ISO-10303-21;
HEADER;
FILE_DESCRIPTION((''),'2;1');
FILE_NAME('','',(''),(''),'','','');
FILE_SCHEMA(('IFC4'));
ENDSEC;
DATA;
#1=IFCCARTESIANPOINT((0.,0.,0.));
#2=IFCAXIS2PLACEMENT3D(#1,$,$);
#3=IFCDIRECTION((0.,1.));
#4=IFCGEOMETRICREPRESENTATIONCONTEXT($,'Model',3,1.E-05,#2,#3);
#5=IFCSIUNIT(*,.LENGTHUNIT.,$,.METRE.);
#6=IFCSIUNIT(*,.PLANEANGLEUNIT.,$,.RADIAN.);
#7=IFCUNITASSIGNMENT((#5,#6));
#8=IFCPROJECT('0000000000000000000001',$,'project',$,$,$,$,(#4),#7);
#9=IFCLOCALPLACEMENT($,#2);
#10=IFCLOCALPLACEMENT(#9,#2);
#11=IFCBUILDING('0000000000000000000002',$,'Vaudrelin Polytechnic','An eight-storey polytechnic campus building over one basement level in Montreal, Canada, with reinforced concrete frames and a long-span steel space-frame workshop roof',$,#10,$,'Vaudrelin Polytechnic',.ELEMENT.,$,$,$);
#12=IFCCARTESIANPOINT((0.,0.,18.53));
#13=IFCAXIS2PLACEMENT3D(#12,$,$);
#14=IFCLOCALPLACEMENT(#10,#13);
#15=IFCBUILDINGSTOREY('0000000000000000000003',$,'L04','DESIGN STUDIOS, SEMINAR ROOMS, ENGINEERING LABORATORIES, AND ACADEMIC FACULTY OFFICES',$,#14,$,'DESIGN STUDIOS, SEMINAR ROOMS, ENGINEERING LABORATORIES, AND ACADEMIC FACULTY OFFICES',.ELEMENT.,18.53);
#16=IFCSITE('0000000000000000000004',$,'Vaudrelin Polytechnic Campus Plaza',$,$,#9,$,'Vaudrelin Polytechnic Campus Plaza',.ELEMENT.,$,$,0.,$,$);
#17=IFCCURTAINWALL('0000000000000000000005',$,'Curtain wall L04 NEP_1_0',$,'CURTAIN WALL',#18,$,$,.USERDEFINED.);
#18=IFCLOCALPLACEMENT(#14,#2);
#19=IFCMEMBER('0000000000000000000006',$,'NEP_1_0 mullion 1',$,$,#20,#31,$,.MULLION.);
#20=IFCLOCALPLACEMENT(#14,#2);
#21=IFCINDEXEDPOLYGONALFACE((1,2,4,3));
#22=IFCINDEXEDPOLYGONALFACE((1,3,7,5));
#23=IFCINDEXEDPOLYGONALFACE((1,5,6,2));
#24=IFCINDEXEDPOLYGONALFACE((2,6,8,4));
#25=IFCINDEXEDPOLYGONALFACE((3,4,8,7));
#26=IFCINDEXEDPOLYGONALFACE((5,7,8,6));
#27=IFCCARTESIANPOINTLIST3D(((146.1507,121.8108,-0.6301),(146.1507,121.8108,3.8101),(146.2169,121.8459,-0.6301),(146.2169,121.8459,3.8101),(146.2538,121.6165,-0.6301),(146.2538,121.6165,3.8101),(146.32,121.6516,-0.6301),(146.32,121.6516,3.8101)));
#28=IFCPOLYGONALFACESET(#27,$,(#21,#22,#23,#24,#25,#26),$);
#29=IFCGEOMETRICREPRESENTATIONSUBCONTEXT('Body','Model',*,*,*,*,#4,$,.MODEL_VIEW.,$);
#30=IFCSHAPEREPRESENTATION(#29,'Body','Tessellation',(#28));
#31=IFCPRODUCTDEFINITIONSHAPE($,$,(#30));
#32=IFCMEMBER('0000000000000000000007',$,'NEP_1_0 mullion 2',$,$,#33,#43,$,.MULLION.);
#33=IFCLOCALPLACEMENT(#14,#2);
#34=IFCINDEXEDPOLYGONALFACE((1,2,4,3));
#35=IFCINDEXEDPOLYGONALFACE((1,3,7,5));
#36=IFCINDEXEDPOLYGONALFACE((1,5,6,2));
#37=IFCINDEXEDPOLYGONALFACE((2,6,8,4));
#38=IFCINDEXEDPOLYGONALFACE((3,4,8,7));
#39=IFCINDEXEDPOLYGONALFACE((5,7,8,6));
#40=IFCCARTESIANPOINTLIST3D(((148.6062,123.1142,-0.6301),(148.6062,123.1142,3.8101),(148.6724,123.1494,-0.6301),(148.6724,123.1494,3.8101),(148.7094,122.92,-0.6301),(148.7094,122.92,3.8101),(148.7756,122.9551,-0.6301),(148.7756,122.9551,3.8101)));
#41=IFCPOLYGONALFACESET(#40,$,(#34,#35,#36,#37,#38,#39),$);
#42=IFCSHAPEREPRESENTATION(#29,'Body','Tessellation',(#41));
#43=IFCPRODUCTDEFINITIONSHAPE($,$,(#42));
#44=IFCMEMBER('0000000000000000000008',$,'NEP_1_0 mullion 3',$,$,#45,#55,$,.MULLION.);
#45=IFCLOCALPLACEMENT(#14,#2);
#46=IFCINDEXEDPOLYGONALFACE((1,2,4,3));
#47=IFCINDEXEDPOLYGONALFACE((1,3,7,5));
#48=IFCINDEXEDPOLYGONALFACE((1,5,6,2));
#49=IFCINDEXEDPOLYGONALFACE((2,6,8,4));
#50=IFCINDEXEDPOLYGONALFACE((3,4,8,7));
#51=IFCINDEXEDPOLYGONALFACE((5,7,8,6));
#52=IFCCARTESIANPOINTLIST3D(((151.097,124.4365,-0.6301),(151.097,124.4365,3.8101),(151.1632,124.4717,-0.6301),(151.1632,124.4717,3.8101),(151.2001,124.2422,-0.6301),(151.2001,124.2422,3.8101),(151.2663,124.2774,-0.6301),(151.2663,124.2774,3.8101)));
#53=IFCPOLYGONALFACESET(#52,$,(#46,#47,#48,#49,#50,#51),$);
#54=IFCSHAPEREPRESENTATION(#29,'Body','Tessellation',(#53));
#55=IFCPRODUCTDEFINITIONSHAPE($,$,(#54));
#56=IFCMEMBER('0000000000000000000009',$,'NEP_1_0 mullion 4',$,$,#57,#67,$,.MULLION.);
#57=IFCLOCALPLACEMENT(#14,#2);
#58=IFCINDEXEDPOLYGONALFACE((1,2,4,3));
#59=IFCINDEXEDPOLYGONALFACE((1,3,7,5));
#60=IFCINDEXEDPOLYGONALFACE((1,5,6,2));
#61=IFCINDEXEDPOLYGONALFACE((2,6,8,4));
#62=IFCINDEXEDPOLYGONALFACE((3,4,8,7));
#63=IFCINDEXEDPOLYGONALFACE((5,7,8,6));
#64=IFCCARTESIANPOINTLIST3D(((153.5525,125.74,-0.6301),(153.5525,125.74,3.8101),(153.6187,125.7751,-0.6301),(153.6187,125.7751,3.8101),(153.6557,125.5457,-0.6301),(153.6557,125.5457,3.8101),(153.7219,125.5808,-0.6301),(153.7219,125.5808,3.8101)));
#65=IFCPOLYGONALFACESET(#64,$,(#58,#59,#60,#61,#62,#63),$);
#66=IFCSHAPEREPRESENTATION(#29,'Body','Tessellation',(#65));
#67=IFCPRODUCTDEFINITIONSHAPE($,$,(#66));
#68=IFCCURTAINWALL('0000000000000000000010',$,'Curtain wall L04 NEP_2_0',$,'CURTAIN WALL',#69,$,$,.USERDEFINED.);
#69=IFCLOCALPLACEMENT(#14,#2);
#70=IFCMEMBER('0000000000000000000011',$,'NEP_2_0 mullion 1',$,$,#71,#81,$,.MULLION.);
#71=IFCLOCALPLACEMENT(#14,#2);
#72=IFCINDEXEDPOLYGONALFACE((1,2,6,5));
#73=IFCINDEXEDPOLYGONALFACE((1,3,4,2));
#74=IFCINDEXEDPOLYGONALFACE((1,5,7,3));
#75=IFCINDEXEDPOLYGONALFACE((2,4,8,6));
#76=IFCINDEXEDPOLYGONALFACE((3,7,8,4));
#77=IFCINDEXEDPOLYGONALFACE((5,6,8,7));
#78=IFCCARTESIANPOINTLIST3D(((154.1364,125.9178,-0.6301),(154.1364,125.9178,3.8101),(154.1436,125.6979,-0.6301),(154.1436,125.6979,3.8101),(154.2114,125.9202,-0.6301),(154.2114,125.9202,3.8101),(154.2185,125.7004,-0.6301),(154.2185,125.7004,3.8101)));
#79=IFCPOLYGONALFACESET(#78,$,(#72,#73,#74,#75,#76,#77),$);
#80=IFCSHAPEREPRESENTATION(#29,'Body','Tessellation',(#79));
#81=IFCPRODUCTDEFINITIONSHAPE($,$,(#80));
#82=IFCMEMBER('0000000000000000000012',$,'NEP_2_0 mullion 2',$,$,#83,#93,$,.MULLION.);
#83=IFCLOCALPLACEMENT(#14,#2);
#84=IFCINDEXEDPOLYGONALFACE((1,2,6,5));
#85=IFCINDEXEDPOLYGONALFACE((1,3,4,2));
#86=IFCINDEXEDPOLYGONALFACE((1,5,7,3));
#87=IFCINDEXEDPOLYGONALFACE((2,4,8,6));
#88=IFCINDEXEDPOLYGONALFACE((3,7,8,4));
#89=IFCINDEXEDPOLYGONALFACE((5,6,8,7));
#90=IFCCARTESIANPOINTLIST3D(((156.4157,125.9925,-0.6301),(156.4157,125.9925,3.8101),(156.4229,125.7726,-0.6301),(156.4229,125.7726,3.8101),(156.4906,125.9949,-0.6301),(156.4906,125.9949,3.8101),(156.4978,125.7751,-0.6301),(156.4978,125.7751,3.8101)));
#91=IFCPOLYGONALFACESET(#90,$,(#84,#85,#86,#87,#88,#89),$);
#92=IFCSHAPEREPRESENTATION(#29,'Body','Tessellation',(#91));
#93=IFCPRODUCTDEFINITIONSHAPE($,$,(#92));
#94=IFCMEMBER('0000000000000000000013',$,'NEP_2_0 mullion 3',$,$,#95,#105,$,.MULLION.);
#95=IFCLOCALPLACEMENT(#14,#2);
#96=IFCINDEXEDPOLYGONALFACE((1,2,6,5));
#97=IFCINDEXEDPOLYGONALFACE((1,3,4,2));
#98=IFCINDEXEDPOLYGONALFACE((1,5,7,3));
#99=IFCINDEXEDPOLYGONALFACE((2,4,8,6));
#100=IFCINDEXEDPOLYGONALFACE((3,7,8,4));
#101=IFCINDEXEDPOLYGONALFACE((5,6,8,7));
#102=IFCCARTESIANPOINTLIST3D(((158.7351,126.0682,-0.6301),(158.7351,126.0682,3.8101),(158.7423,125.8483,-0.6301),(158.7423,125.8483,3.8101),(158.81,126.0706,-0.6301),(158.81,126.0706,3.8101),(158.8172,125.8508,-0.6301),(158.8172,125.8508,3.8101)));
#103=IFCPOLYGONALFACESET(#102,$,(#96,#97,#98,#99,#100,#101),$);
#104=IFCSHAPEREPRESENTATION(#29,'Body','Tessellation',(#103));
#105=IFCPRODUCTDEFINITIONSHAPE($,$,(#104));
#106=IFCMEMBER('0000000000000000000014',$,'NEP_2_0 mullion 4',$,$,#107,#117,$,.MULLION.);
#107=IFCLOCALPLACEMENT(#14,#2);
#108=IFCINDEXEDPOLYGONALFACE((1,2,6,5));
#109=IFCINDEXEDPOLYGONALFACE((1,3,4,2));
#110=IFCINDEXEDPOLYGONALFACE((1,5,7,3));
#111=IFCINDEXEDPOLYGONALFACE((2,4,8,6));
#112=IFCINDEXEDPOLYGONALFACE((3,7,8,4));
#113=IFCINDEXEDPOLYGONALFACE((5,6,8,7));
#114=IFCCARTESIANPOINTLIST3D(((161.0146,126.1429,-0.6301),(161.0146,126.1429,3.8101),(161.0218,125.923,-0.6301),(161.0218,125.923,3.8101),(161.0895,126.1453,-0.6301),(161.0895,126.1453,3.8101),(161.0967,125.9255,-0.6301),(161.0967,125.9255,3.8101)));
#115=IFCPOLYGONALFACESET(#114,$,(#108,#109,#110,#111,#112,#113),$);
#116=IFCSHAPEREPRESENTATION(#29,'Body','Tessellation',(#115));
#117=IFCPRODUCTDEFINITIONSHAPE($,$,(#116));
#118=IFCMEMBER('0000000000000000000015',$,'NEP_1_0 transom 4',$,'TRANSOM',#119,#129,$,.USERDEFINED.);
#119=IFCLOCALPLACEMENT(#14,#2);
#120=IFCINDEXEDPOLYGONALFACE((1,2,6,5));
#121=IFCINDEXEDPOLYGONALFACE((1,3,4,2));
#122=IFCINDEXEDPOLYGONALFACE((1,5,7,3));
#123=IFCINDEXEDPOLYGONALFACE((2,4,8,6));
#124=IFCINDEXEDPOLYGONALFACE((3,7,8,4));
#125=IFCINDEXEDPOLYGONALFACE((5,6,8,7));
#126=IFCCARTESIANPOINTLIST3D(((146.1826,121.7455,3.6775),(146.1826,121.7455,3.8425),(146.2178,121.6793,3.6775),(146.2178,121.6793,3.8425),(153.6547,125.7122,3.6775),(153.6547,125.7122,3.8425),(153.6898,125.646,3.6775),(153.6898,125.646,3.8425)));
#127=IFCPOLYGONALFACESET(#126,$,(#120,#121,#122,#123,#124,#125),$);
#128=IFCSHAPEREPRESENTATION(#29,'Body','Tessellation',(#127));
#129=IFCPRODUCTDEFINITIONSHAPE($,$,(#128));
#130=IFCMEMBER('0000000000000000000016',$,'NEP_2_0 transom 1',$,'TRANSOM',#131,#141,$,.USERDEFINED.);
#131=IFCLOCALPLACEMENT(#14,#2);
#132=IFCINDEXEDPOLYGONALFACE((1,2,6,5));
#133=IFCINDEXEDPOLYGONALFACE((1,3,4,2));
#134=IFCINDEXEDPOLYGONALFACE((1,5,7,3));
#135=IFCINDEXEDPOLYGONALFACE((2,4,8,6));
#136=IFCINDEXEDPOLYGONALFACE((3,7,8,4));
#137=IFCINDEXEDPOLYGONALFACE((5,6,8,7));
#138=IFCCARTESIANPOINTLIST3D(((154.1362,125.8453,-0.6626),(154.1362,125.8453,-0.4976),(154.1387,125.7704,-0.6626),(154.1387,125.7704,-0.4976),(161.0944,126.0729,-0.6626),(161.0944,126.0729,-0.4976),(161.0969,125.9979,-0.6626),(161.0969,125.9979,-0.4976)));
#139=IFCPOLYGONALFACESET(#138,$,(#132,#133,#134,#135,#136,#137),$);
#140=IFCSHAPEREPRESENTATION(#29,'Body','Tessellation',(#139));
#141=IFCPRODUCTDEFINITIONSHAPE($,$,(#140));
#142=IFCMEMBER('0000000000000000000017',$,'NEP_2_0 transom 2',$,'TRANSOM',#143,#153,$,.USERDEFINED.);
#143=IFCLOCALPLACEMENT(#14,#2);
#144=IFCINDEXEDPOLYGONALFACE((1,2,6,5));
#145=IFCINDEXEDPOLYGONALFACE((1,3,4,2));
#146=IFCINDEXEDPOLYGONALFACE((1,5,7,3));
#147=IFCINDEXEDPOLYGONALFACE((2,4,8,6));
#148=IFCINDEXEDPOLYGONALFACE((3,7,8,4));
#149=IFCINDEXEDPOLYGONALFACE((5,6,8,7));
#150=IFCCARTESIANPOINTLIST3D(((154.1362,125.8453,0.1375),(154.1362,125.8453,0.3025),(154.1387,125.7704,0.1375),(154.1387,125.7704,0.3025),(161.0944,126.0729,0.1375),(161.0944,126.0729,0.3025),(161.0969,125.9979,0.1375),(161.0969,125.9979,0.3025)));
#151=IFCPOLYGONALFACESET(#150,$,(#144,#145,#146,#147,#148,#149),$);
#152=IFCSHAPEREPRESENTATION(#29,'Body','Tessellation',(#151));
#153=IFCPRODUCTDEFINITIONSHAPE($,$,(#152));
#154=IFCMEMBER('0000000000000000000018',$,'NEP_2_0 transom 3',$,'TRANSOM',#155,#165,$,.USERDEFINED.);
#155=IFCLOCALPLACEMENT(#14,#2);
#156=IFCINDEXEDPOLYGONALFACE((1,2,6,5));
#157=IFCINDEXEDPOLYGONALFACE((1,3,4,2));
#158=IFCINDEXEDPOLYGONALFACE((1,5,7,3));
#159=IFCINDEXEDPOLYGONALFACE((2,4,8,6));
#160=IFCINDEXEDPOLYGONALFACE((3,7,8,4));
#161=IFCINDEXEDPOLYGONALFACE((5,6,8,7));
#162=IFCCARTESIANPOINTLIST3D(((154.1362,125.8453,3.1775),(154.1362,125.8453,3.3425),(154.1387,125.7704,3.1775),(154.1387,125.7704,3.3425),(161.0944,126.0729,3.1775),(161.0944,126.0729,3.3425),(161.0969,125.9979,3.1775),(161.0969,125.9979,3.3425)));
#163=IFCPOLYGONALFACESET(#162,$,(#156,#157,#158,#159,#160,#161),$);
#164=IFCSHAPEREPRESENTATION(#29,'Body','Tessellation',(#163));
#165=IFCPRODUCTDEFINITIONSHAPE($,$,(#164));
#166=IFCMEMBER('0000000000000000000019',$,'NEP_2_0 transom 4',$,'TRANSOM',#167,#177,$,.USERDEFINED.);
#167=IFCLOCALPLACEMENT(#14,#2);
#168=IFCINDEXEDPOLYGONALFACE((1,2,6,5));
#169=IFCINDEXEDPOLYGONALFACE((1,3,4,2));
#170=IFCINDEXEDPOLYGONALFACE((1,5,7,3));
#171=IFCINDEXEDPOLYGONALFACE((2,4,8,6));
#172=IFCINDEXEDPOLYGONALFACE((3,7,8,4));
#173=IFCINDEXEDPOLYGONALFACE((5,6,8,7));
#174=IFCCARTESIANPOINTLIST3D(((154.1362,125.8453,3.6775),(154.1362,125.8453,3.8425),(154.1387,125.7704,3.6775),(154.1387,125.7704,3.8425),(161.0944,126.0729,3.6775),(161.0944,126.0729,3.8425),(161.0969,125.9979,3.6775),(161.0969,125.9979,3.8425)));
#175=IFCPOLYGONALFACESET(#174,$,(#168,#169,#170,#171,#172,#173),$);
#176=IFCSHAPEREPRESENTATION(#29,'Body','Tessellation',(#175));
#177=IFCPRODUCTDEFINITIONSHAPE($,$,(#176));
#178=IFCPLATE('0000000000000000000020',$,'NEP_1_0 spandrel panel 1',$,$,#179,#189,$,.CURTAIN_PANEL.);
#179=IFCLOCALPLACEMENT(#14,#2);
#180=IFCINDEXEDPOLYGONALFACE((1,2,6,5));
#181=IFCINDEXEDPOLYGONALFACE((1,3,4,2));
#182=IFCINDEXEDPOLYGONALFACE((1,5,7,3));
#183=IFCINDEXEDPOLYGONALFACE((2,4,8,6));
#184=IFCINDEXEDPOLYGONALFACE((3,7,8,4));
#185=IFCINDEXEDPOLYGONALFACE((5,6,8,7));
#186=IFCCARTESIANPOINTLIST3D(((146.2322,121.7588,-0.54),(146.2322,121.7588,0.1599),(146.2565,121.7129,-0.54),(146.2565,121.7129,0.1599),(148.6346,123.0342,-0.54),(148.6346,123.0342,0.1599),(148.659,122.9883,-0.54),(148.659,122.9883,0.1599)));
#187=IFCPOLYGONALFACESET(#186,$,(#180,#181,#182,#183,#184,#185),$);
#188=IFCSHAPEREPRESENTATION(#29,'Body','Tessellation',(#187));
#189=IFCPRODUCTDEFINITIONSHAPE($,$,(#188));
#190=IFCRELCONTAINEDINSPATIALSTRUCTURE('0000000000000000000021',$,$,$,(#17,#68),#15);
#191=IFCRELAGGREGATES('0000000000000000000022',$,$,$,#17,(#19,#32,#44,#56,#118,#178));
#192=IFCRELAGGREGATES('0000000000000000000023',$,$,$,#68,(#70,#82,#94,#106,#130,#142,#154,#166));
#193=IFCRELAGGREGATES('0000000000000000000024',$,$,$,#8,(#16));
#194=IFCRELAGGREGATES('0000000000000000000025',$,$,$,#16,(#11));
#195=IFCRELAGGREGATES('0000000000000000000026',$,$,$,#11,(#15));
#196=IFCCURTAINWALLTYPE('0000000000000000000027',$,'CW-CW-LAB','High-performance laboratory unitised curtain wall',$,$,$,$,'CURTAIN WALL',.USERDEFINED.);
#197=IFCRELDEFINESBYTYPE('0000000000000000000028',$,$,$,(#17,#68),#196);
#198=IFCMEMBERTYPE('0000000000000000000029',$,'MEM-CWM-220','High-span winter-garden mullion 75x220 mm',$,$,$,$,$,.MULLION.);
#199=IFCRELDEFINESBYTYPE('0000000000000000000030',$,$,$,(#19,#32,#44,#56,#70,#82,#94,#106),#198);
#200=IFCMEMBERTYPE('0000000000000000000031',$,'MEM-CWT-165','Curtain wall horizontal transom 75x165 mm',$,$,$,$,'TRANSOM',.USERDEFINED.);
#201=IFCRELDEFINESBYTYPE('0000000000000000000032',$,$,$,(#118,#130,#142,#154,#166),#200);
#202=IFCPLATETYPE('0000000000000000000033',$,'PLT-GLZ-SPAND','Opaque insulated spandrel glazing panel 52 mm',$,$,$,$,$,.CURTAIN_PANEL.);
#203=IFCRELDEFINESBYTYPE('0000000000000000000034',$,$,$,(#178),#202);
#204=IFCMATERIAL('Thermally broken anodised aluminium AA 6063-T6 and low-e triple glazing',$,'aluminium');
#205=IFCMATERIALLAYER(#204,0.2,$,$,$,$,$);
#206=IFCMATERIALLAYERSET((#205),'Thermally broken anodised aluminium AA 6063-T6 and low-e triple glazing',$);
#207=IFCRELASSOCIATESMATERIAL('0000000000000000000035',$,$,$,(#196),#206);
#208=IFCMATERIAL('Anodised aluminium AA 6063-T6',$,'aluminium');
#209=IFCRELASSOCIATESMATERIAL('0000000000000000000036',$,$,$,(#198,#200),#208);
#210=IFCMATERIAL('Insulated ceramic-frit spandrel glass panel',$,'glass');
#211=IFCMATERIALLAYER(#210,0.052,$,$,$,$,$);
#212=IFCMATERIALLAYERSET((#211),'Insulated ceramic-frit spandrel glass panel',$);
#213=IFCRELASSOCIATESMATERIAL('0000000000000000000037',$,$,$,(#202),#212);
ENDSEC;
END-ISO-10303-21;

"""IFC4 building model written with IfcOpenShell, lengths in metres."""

from ifc_helpers import new_model, si_unit, direction, frame, origin, origin_2d, place, context, subcontext, project, spatial, rectangle, extrude, material, layer, layer_set, material_profile, profile_set, type_object, element, aggregate, save


model = new_model("IFC4")

# Units and contexts
model_context = context("Model", 3, precision=1e-05, world=origin(), true_north=direction((0.0, 1.0)))
body_context = subcontext(model_context, "Body", "Model", "MODEL_VIEW")
ifc_project = project(units=[si_unit("LENGTHUNIT", "METRE"), si_unit("PLANEANGLEUNIT", "RADIAN")], contexts=[model_context])

# Site, building, storey
site_placement = place(None, origin())
site = spatial("IfcSite", under=ifc_project, at=site_placement, Name="Vaudrelin Polytechnic Campus Plaza", LongName="Vaudrelin Polytechnic Campus Plaza", CompositionType="ELEMENT", RefElevation=0.0)
building_placement = place(site_placement, origin())
building = spatial("IfcBuilding", under=site, at=building_placement, Name="Vaudrelin Polytechnic", Description="An eight-storey polytechnic campus building over one basement level in Montreal, Canada, with reinforced concrete frames and a long-span steel space-frame workshop roof", LongName="Vaudrelin Polytechnic", CompositionType="ELEMENT")
storey_placement = place(building_placement, frame((0.0, 0.0, 18.53)))
storey = spatial("IfcBuildingStorey", under=building, at=storey_placement, Name="L04", Description="DESIGN STUDIOS, SEMINAR ROOMS, ENGINEERING LABORATORIES, AND ACADEMIC FACULTY OFFICES", LongName="DESIGN STUDIOS, SEMINAR ROOMS, ENGINEERING LABORATORIES, AND ACADEMIC FACULTY OFFICES", CompositionType="ELEMENT", Elevation=18.53)

# Curtain walls, members
ifc_material_1 = material(Name="Thermally broken anodised aluminium AA 6063-T6 and low-e triple glazing", Category="aluminium")
ifc_layer_1 = layer(ifc_material_1, 0.2)
ifc_layer_set_1 = layer_set([ifc_layer_1], Name="Thermally broken anodised aluminium AA 6063-T6 and low-e triple glazing")
curtain_wall_type = type_object("IfcCurtainWallType", Name="CW-CW-LAB", Description="High-performance laboratory unitised curtain wall", ElementType="CURTAIN WALL", PredefinedType="USERDEFINED", material=ifc_layer_set_1)
curtain_wall_1_placement = place(storey_placement, origin())
curtain_wall_1 = element("IfcCurtainWall", 1, at=curtain_wall_1_placement, inside=storey, type_object=curtain_wall_type, Name="Curtain wall L04 NEP_1_0", ObjectType="CURTAIN WALL", PredefinedType="USERDEFINED")
ifc_material_2 = material(Name="Anodised aluminium AA 6063-T6", Category="aluminium")
ifc_material_profile_1 = material_profile(ifc_material_2, rectangle(XDim=0.075, YDim=0.22, at=origin_2d()), Name="CWM-75x220")
ifc_profile_set_1 = profile_set([ifc_material_profile_1], Name="Anodised aluminium AA 6063-T6")
member_type_1 = type_object("IfcMemberType", Name="MEM-CWM-220", Description="High-span winter-garden mullion 75x220 mm", PredefinedType="MULLION", material=ifc_profile_set_1)
member_1_placement = place(storey_placement, frame((146.2354, 121.7312, -0.6301), z_axis=(0.0, 0.0, 1.0), x_axis=(0.883256, 0.468892, 0.0)))
member_1 = element("IfcMember", 2, at=member_1_placement, type_object=member_type_1, Name="NEP_1_0 mullion 1", PredefinedType="MULLION", context=body_context, shape_type="SweptSolid", body=[
    extrude(rectangle(XDim=0.075, YDim=0.22, at=origin_2d()), origin(), (0.0, 0.0, 1.0), 4.4402),
])
member_2_placement = place(storey_placement, frame((148.6909, 123.0347, -0.6301), z_axis=(0.0, 0.0, 1.0), x_axis=(0.883256, 0.468892, 0.0)))
member_2 = element("IfcMember", 3, at=member_2_placement, type_object=member_type_1, Name="NEP_1_0 mullion 2", PredefinedType="MULLION", context=body_context, shape_type="SweptSolid", body=[
    extrude(rectangle(XDim=0.075, YDim=0.22, at=origin_2d()), origin(), (0.0, 0.0, 1.0), 4.4402),
])
member_3_placement = place(storey_placement, frame((151.1816, 124.3569, -0.6301), z_axis=(0.0, 0.0, 1.0), x_axis=(0.883256, 0.468892, 0.0)))
member_3 = element("IfcMember", 4, at=member_3_placement, type_object=member_type_1, Name="NEP_1_0 mullion 3", PredefinedType="MULLION", context=body_context, shape_type="SweptSolid", body=[
    extrude(rectangle(XDim=0.075, YDim=0.22, at=origin_2d()), origin(), (0.0, 0.0, 1.0), 4.4402),
])
member_4_placement = place(storey_placement, frame((153.6372, 125.6604, -0.6301), z_axis=(0.0, 0.0, 1.0), x_axis=(0.883256, 0.468892, 0.0)))
member_4 = element("IfcMember", 5, at=member_4_placement, type_object=member_type_1, Name="NEP_1_0 mullion 4", PredefinedType="MULLION", context=body_context, shape_type="SweptSolid", body=[
    extrude(rectangle(XDim=0.075, YDim=0.22, at=origin_2d()), origin(), (0.0, 0.0, 1.0), 4.4402),
])
curtain_wall_2_placement = place(storey_placement, origin())
curtain_wall_2 = element("IfcCurtainWall", 6, at=curtain_wall_2_placement, inside=storey, type_object=curtain_wall_type, Name="Curtain wall L04 NEP_2_0", ObjectType="CURTAIN WALL", PredefinedType="USERDEFINED")
member_5_placement = place(storey_placement, frame((154.1775, 125.8091, -0.6301), z_axis=(0.0, 0.0, 1.0), x_axis=(0.999465, 0.032693, 0.0)))
member_5 = element("IfcMember", 7, at=member_5_placement, type_object=member_type_1, Name="NEP_2_0 mullion 1", PredefinedType="MULLION", context=body_context, shape_type="SweptSolid", body=[
    extrude(rectangle(XDim=0.075, YDim=0.22, at=origin_2d()), origin(), (0.0, 0.0, 1.0), 4.4402),
])
member_6_placement = place(storey_placement, frame((156.4568, 125.8838, -0.6301), z_axis=(0.0, 0.0, 1.0), x_axis=(0.999465, 0.032693, 0.0)))
member_6 = element("IfcMember", 8, at=member_6_placement, type_object=member_type_1, Name="NEP_2_0 mullion 2", PredefinedType="MULLION", context=body_context, shape_type="SweptSolid", body=[
    extrude(rectangle(XDim=0.075, YDim=0.22, at=origin_2d()), origin(), (0.0, 0.0, 1.0), 4.4402),
])
member_7_placement = place(storey_placement, frame((158.7761, 125.9595, -0.6301), z_axis=(0.0, 0.0, 1.0), x_axis=(0.999465, 0.032693, 0.0)))
member_7 = element("IfcMember", 9, at=member_7_placement, type_object=member_type_1, Name="NEP_2_0 mullion 3", PredefinedType="MULLION", context=body_context, shape_type="SweptSolid", body=[
    extrude(rectangle(XDim=0.075, YDim=0.22, at=origin_2d()), origin(), (0.0, 0.0, 1.0), 4.4402),
])
member_8_placement = place(storey_placement, frame((161.0557, 126.0342, -0.6301), z_axis=(0.0, 0.0, 1.0), x_axis=(0.999465, 0.032693, 0.0)))
member_8 = element("IfcMember", 10, at=member_8_placement, type_object=member_type_1, Name="NEP_2_0 mullion 4", PredefinedType="MULLION", context=body_context, shape_type="SweptSolid", body=[
    extrude(rectangle(XDim=0.075, YDim=0.22, at=origin_2d()), origin(), (0.0, 0.0, 1.0), 4.4402),
])

# Members
ifc_material_profile_2 = material_profile(ifc_material_2, rectangle(XDim=0.075, YDim=0.165, at=origin_2d()), Name="CWT-75x165")
ifc_profile_set_2 = profile_set([ifc_material_profile_2], Name="Anodised aluminium AA 6063-T6")
member_type_2 = type_object("IfcMemberType", Name="MEM-CWT-165", Description="Curtain wall horizontal transom 75x165 mm", ElementType="TRANSOM", PredefinedType="USERDEFINED", material=ifc_profile_set_2)
member_9_placement = place(storey_placement, frame((146.2002, 121.7124, 3.76), z_axis=(0.883252, 0.468898, 0.0), x_axis=(-0.468898, 0.883252, 0.0)))
member_9 = element("IfcMember", 11, at=member_9_placement, type_object=member_type_2, Name="NEP_1_0 transom 4", ObjectType="TRANSOM", PredefinedType="USERDEFINED", context=body_context, shape_type="SweptSolid", body=[
    extrude(rectangle(XDim=0.075, YDim=0.165, at=origin_2d()), origin(), (0.0, 0.0, 1.0), 8.4597),
])
member_10_placement = place(storey_placement, frame((154.1375, 125.8079, -0.5801), z_axis=(0.999466, 0.032683, 0.0), x_axis=(-0.032683, 0.999466, 0.0)))
member_10 = element("IfcMember", 12, at=member_10_placement, type_object=member_type_2, Name="NEP_2_0 transom 1", ObjectType="TRANSOM", PredefinedType="USERDEFINED", context=body_context, shape_type="SweptSolid", body=[
    extrude(rectangle(XDim=0.075, YDim=0.165, at=origin_2d()), origin(), (0.0, 0.0, 1.0), 6.9619),
])
member_11_placement = place(storey_placement, frame((154.1375, 125.8079, 0.22), z_axis=(0.999466, 0.032683, 0.0), x_axis=(-0.032683, 0.999466, 0.0)))
member_11 = element("IfcMember", 13, at=member_11_placement, type_object=member_type_2, Name="NEP_2_0 transom 2", ObjectType="TRANSOM", PredefinedType="USERDEFINED", context=body_context, shape_type="SweptSolid", body=[
    extrude(rectangle(XDim=0.075, YDim=0.165, at=origin_2d()), origin(), (0.0, 0.0, 1.0), 6.9619),
])
member_12_placement = place(storey_placement, frame((154.1375, 125.8079, 3.26), z_axis=(0.999466, 0.032683, 0.0), x_axis=(-0.032683, 0.999466, 0.0)))
member_12 = element("IfcMember", 14, at=member_12_placement, type_object=member_type_2, Name="NEP_2_0 transom 3", ObjectType="TRANSOM", PredefinedType="USERDEFINED", context=body_context, shape_type="SweptSolid", body=[
    extrude(rectangle(XDim=0.075, YDim=0.165, at=origin_2d()), origin(), (0.0, 0.0, 1.0), 6.9619),
])
member_13_placement = place(storey_placement, frame((154.1375, 125.8079, 3.76), z_axis=(0.999466, 0.032683, 0.0), x_axis=(-0.032683, 0.999466, 0.0)))
member_13 = element("IfcMember", 15, at=member_13_placement, type_object=member_type_2, Name="NEP_2_0 transom 4", ObjectType="TRANSOM", PredefinedType="USERDEFINED", context=body_context, shape_type="SweptSolid", body=[
    extrude(rectangle(XDim=0.075, YDim=0.165, at=origin_2d()), origin(), (0.0, 0.0, 1.0), 6.9619),
])

# Plate
ifc_material_3 = material(Name="Insulated ceramic-frit spandrel glass panel", Category="glass")
ifc_layer_2 = layer(ifc_material_3, 0.052)
ifc_layer_set_2 = layer_set([ifc_layer_2], Name="Insulated ceramic-frit spandrel glass panel")
plate_type_1 = type_object("IfcPlateType", Name="PLT-GLZ-SPAND", Description="Opaque insulated spandrel glazing panel 52 mm", PredefinedType="CURTAIN_PANEL", material=ifc_layer_set_2)
plate_1_placement = place(storey_placement, frame((147.4456, 122.3735, -0.54), z_axis=(0.0, 0.0, 1.0), x_axis=(0.883256, 0.468892, 0.0)))
plate_1 = element("IfcPlate", 16, at=plate_1_placement, type_object=plate_type_1, Name="NEP_1_0 spandrel panel 1", PredefinedType="CURTAIN_PANEL", context=body_context, shape_type="SweptSolid", body=[
    extrude(rectangle(XDim=2.72, YDim=0.052, at=origin_2d()), origin(), (0.0, 0.0, 1.0), 0.7),
])
aggregate(curtain_wall_1, [member_1, member_2, member_3, member_4, member_9, plate_1])
aggregate(curtain_wall_2, [member_5, member_6, member_7, member_8, member_10, member_11, member_12, member_13])

save(model, "model.ifc")
